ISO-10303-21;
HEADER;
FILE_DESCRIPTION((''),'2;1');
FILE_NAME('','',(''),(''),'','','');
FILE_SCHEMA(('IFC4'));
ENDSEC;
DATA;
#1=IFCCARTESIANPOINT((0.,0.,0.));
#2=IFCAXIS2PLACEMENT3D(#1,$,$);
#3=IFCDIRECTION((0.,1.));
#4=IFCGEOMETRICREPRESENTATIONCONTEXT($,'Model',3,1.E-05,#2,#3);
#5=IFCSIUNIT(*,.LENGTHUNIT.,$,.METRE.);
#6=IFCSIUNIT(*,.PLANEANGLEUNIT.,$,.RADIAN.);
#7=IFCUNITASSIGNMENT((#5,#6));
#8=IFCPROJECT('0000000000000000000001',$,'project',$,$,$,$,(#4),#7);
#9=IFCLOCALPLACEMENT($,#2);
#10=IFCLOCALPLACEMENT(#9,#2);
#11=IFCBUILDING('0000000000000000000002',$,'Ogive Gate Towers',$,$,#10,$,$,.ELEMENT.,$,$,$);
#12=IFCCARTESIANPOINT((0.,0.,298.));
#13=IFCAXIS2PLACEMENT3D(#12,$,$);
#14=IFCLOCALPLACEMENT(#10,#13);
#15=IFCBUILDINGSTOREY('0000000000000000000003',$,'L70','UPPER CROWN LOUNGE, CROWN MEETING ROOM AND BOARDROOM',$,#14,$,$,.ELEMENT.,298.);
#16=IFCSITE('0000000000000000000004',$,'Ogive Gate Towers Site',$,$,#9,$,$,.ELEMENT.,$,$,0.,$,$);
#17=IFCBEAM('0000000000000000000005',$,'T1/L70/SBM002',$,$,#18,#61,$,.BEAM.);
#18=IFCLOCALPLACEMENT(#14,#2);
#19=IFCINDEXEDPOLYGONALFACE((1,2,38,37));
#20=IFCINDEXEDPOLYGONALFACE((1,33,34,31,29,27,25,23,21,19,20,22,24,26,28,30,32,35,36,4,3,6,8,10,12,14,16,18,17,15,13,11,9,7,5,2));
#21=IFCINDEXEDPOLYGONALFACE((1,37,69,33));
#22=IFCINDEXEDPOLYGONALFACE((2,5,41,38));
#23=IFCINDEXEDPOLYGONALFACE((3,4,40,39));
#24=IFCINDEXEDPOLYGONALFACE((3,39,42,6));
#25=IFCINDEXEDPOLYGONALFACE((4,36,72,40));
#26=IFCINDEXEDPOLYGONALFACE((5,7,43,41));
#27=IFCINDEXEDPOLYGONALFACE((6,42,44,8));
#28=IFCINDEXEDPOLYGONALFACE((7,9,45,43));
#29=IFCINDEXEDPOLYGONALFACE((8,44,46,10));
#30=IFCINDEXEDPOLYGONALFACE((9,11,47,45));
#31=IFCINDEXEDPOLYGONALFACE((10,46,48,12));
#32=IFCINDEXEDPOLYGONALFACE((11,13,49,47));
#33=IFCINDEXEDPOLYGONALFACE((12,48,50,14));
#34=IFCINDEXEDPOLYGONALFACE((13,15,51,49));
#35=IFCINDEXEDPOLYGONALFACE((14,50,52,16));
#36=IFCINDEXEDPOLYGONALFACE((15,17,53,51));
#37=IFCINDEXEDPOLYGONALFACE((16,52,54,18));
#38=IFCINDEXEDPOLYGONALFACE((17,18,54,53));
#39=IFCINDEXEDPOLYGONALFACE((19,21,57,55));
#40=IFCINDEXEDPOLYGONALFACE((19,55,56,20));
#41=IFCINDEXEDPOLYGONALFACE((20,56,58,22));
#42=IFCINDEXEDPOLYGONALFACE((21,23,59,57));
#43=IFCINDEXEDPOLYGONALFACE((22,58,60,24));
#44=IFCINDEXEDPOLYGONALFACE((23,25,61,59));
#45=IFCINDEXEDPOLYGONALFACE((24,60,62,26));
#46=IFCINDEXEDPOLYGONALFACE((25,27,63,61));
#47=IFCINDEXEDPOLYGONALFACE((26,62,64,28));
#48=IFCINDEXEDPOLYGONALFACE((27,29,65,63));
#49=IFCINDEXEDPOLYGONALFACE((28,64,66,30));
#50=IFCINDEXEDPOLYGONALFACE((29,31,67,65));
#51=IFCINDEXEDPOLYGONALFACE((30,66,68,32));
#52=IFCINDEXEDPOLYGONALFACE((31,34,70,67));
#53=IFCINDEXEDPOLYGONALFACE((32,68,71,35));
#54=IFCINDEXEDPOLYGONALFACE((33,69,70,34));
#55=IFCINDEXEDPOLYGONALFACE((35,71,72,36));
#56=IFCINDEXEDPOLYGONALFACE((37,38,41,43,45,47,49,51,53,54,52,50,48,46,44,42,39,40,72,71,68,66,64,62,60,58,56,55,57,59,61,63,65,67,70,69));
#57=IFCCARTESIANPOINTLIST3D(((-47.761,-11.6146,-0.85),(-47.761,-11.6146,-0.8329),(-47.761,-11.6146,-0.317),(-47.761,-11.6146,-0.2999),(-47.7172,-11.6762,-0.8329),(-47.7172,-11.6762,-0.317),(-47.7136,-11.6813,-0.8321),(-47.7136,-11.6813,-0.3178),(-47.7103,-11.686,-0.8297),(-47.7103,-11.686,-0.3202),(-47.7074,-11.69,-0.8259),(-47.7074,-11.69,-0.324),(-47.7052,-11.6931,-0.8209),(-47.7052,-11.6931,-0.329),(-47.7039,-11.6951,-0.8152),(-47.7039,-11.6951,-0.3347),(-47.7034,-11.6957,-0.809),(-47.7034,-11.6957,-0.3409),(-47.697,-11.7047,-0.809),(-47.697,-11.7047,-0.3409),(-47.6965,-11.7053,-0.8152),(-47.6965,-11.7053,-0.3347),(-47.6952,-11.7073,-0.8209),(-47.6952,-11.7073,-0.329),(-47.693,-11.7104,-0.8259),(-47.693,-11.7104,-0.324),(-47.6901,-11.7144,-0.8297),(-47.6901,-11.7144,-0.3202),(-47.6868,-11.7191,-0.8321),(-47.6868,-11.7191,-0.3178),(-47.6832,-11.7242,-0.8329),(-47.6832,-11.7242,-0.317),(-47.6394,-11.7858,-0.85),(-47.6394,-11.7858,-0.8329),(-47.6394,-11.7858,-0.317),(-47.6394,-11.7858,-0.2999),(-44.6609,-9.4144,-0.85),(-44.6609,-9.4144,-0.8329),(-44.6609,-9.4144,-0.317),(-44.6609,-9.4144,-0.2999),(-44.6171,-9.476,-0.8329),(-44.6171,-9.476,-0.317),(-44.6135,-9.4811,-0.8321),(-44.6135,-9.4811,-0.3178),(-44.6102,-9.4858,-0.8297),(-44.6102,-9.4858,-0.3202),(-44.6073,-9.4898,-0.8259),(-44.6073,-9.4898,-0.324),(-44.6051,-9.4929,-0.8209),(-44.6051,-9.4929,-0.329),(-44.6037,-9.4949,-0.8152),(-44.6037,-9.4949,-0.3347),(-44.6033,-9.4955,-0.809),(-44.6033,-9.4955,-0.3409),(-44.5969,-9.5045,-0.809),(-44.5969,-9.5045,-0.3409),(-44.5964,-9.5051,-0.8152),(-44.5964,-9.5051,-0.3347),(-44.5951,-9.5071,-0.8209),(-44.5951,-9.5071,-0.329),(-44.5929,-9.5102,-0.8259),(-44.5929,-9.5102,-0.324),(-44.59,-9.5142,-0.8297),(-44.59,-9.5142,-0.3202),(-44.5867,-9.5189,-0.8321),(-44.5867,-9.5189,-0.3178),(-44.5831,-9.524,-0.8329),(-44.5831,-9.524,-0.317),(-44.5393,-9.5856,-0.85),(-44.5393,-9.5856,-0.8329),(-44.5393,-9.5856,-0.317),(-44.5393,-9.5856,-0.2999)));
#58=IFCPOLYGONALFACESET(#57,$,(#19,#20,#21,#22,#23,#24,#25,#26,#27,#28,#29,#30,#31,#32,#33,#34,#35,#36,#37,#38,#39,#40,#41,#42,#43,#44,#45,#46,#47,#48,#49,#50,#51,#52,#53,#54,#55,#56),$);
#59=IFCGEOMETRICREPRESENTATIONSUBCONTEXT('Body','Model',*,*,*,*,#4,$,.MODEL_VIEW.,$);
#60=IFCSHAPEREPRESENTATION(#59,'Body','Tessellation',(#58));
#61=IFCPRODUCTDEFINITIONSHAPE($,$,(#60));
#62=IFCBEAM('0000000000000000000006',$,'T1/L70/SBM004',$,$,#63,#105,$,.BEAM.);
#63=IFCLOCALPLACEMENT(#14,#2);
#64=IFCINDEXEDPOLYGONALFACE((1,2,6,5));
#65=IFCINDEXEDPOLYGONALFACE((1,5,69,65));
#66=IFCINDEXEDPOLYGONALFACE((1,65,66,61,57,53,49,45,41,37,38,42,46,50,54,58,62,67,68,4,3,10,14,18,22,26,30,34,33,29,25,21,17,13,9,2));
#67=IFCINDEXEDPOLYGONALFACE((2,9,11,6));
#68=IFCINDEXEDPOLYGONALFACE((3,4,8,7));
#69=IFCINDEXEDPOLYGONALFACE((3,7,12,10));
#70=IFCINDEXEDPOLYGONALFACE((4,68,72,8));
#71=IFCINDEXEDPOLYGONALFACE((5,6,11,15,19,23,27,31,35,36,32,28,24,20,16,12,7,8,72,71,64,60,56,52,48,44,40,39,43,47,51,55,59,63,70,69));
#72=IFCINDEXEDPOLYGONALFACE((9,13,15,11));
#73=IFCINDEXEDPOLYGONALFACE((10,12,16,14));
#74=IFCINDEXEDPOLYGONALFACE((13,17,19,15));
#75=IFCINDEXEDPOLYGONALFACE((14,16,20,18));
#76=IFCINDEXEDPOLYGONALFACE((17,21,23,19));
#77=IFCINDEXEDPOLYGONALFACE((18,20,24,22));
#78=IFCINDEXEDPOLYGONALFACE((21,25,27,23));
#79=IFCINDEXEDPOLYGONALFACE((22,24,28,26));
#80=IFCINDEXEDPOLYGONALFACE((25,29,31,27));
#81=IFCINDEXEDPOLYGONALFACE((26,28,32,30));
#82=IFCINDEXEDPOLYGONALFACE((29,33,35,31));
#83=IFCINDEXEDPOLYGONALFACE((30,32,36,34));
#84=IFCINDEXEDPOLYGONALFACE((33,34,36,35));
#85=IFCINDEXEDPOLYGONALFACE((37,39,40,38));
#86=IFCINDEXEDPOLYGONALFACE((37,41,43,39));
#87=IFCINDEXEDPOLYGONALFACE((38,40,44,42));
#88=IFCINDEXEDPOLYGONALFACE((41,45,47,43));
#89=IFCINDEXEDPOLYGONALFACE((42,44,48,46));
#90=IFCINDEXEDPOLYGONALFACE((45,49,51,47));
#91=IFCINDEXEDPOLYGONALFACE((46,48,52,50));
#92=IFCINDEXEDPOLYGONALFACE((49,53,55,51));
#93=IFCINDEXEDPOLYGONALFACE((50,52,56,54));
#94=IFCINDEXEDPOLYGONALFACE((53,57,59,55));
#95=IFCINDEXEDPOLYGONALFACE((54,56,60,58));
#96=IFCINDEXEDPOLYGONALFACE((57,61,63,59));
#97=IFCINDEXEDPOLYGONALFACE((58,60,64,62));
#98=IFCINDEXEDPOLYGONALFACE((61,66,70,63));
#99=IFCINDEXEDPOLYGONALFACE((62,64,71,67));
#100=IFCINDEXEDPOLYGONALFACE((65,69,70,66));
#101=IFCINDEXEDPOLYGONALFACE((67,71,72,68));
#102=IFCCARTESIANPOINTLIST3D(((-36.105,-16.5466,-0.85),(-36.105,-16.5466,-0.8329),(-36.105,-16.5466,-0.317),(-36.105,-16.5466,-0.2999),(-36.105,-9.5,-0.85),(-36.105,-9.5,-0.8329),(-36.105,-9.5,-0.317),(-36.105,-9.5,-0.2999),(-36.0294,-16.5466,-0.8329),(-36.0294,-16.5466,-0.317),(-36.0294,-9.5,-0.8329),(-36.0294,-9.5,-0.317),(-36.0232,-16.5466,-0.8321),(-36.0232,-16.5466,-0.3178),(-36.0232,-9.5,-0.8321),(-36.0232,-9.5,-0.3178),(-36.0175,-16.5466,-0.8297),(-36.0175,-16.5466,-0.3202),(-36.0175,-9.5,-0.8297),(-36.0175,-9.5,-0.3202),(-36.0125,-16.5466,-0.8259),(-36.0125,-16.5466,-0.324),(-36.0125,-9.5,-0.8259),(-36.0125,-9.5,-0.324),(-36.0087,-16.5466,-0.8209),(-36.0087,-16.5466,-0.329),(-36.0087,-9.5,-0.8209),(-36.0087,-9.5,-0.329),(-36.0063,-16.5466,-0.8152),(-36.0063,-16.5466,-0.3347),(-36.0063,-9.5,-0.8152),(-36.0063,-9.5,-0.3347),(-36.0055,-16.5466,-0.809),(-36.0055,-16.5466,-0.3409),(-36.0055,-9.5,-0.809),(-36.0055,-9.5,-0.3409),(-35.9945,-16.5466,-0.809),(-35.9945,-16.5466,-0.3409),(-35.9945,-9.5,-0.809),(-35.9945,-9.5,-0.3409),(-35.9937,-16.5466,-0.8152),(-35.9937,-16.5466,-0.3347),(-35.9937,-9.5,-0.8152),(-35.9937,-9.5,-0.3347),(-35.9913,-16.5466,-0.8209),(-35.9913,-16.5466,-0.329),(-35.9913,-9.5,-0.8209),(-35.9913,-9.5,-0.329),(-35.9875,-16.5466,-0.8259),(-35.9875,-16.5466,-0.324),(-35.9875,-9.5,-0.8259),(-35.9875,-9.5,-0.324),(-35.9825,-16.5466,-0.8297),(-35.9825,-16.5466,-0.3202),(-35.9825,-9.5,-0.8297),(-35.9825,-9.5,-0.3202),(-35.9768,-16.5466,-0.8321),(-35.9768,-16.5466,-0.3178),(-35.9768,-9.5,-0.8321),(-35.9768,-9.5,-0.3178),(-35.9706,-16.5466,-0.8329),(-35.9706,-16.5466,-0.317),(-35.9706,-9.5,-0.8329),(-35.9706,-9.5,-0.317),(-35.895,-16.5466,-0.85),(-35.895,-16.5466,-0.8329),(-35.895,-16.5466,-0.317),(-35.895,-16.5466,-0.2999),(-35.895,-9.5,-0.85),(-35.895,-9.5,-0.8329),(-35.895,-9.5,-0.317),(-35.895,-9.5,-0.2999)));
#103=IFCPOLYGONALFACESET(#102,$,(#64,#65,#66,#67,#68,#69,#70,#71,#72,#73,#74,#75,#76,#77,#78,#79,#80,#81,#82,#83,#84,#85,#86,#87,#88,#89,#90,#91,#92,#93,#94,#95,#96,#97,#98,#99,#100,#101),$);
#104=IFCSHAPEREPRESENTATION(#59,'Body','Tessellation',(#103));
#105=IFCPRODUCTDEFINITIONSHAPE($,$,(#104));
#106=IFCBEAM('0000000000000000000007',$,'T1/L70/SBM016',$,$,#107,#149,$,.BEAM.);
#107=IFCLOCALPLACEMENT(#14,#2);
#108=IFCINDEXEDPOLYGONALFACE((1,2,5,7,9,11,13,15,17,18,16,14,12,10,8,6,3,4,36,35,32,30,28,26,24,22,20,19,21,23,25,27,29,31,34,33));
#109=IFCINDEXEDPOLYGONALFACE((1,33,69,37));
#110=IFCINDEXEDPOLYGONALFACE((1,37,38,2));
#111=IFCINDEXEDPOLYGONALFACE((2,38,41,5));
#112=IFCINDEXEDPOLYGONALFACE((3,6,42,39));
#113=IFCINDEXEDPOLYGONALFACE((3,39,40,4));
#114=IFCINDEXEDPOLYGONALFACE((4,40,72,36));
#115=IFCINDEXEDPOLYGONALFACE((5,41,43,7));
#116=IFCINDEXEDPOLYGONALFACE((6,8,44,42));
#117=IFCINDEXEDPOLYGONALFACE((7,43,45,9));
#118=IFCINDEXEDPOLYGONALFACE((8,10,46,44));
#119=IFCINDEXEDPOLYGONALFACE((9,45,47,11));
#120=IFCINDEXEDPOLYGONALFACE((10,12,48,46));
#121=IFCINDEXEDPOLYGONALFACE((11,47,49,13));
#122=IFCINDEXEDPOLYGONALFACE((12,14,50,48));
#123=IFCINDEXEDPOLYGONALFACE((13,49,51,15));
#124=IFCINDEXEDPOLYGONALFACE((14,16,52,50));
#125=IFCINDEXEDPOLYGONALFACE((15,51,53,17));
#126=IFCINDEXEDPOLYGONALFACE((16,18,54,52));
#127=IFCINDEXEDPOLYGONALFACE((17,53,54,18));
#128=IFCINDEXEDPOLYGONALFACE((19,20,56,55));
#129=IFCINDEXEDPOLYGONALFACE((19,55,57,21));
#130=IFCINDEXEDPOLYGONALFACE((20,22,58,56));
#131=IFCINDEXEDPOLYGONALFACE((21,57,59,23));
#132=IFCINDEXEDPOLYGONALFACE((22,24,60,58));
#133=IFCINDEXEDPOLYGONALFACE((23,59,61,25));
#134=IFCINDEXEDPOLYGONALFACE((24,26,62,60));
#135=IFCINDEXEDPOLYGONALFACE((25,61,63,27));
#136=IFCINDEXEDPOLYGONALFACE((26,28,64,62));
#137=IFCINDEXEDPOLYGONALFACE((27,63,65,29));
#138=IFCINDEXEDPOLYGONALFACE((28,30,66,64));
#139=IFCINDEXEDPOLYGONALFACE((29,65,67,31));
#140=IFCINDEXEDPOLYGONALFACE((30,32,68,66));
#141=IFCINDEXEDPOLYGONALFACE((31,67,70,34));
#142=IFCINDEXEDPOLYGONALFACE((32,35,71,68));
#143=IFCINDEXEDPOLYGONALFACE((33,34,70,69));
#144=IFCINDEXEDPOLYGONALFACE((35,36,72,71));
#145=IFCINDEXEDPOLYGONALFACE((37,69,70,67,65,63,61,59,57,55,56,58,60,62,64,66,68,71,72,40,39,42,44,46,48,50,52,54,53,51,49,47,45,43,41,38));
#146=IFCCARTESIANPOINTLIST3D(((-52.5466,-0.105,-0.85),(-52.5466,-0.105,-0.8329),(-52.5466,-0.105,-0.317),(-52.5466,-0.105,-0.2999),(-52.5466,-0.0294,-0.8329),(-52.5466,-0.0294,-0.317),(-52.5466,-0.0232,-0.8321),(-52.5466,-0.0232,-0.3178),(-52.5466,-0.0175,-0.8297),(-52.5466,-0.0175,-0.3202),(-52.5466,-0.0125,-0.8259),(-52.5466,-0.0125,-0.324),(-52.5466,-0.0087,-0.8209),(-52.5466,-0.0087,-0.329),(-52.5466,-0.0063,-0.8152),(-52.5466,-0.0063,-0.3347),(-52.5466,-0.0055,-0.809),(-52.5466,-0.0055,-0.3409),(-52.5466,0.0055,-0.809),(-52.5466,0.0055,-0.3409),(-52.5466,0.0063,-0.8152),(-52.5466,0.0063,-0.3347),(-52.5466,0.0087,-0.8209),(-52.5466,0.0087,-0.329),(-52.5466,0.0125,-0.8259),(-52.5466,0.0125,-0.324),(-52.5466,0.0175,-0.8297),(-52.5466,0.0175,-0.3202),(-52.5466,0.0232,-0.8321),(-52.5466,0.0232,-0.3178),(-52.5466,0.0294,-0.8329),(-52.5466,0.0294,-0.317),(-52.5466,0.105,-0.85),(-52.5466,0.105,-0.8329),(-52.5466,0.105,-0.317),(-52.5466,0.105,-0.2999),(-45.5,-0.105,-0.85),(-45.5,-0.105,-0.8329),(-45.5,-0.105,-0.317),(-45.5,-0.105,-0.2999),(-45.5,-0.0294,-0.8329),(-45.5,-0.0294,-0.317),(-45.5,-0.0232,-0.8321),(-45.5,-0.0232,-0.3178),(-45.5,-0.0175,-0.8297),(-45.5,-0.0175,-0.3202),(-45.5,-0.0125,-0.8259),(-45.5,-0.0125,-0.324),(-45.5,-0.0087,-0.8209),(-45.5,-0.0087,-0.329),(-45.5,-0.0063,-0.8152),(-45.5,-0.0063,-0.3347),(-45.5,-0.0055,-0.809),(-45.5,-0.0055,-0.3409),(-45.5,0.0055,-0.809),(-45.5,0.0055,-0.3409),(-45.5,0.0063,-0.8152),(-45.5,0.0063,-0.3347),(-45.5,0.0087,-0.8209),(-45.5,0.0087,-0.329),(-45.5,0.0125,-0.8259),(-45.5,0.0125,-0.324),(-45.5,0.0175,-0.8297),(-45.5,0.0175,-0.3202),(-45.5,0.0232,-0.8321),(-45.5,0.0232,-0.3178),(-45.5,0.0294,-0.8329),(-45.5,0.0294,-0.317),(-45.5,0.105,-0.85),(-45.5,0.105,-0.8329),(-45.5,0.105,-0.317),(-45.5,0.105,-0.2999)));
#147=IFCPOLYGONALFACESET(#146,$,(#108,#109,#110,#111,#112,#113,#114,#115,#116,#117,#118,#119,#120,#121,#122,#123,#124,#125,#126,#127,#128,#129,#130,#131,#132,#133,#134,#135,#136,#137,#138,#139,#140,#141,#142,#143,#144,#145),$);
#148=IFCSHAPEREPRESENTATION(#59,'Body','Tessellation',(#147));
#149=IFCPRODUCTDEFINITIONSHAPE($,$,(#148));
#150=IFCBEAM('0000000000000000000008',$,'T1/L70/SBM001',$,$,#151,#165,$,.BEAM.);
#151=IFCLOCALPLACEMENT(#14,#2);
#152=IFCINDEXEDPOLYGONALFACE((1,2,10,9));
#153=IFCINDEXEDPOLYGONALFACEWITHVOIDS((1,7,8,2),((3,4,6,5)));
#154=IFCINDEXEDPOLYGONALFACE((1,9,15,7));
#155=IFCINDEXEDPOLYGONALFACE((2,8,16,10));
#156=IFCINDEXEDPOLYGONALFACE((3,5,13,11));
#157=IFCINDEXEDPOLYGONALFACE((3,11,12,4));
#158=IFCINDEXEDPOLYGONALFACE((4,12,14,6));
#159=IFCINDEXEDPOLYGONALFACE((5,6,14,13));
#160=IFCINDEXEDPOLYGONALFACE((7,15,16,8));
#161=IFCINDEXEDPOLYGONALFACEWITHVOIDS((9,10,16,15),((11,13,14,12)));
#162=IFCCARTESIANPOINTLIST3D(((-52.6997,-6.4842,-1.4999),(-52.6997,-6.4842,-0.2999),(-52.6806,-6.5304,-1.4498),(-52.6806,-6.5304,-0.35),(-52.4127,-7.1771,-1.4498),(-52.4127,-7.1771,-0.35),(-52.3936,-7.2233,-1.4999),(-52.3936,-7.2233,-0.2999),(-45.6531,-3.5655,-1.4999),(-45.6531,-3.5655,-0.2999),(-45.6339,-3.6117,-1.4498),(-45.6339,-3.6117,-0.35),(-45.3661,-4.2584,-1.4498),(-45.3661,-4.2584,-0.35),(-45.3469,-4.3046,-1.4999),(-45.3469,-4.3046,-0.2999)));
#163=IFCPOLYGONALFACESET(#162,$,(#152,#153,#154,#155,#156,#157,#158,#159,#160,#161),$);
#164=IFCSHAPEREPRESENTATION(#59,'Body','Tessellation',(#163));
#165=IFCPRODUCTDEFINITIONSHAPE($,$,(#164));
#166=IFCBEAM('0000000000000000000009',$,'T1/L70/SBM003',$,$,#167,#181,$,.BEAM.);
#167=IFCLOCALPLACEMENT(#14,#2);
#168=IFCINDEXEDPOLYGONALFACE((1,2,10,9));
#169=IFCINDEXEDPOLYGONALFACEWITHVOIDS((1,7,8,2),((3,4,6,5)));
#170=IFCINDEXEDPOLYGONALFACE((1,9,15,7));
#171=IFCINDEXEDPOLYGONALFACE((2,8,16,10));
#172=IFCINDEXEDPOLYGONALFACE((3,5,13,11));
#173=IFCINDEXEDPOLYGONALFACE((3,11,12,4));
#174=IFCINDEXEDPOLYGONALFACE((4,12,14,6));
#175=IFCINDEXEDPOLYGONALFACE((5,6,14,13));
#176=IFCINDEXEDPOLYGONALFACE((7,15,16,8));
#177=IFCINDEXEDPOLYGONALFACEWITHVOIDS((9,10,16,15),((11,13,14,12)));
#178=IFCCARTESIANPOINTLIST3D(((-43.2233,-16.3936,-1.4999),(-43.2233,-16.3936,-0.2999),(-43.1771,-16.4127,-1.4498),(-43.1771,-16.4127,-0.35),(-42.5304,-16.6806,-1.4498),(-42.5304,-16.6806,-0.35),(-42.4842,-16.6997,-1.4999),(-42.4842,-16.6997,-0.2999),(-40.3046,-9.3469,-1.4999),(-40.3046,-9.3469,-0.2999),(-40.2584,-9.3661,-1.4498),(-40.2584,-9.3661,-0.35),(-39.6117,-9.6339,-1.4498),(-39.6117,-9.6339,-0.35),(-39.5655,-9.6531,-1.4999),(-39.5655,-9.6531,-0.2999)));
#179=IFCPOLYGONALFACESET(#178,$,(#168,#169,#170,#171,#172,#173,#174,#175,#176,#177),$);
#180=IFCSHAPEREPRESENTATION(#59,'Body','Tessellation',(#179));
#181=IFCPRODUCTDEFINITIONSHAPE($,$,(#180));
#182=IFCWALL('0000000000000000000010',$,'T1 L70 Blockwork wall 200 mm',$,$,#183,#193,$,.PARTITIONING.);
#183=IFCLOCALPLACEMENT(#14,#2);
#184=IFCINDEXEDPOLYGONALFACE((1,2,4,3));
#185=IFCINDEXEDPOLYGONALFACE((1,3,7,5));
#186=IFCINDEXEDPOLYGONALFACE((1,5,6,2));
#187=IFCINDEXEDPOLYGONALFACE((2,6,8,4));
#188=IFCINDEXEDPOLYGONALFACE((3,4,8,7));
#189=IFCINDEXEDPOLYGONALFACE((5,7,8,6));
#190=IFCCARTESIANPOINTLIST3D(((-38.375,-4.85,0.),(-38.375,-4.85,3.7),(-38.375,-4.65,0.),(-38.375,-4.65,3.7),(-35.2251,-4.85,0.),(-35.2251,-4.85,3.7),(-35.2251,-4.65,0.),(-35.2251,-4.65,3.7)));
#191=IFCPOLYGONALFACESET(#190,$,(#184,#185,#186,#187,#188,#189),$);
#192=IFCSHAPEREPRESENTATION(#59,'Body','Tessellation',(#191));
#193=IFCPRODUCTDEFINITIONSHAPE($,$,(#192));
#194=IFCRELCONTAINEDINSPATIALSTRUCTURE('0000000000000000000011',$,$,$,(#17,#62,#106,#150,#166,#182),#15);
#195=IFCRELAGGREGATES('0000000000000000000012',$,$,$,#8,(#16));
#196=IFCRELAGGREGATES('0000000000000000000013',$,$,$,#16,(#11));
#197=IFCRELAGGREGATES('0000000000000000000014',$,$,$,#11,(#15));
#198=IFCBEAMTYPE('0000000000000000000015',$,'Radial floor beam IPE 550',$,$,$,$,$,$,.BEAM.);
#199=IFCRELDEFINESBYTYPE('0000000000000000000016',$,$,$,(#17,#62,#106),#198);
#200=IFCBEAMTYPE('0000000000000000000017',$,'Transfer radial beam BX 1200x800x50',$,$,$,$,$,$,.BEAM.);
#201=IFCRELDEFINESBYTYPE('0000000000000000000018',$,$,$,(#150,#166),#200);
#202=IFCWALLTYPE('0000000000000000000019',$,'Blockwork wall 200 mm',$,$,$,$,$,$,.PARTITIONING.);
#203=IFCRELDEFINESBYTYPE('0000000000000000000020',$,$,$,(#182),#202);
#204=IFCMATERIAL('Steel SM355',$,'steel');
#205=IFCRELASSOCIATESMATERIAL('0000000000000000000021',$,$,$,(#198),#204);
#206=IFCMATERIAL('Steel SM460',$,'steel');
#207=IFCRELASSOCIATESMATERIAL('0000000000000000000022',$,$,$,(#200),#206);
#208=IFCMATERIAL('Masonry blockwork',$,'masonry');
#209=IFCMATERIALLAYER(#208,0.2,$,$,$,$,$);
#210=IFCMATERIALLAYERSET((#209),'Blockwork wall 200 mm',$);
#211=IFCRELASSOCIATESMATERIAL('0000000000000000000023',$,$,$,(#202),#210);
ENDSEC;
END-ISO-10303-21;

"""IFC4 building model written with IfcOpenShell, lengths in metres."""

from ifc_helpers import new_model, si_unit, direction, frame, frame_2d, origin, origin_2d, place, context, subcontext, project, spatial, rectangle, hollow_rectangle, i_section, extrude, material, layer, layer_set, material_profile, profile_set, type_object, element, save


model = new_model("IFC4")

# Units and contexts
model_context = context("Model", 3, precision=1e-05, world=origin(), true_north=direction((0.0, 1.0)))
body_context = subcontext(model_context, "Body", "Model", "MODEL_VIEW")
ifc_project = project(units=[si_unit("LENGTHUNIT", "METRE"), si_unit("PLANEANGLEUNIT", "RADIAN")], contexts=[model_context])

# Site, building, storey
site_placement = place(None, origin())
site = spatial("IfcSite", under=ifc_project, at=site_placement, Name="Ogive Gate Towers Site", CompositionType="ELEMENT", RefElevation=0.0)
building_placement = place(site_placement, origin())
building = spatial("IfcBuilding", under=site, at=building_placement, Name="Ogive Gate Towers", CompositionType="ELEMENT")
storey_placement = place(building_placement, frame((0.0, 0.0, 298.0)))
storey = spatial("IfcBuildingStorey", under=building, at=storey_placement, Name="L70", Description="UPPER CROWN LOUNGE, CROWN MEETING ROOM AND BOARDROOM", CompositionType="ELEMENT", Elevation=298.0)

# Beams
ifc_material_1 = material(Name="Steel SM355", Category="steel")
ifc_material_profile_1 = material_profile(ifc_material_1, i_section(OverallWidth=0.21, OverallDepth=0.55, WebThickness=0.011, FlangeThickness=0.0171, FilletRadius=0.0239, at=origin_2d()), Name="IPE 550")
ifc_profile_set_1 = profile_set([ifc_material_profile_1], Name="Steel SM355")
beam_type_1 = type_object("IfcBeamType", Name="Radial floor beam IPE 550", PredefinedType="BEAM", material=ifc_profile_set_1)
beam_placement = place(storey_placement, frame((-44.6001, -9.5, -0.575), z_axis=(-0.815492, -0.578769, 0.0), x_axis=(0.578769, -0.815492, 0.0)))
element("IfcBeam", 1, at=beam_placement, inside=storey, type_object=beam_type_1, Name="T1/L70/SBM002", PredefinedType="BEAM", context=body_context, shape_type="SweptSolid", body=[
    extrude(i_section(OverallWidth=0.21, OverallDepth=0.55, WebThickness=0.011, FlangeThickness=0.0171, FilletRadius=0.0239, at=origin_2d()), origin(), (0.0, 0.0, 1.0), 3.8015),
])
for number, where, z_axis, x_axis, name in (
    (2, (-36.0, -9.5, -0.575), (0.0, -1.0, 0.0), (1.0, 0.0, 0.0), "T1/L70/SBM004"),
    (3, (-45.5, 0.0, -0.575), (-1.0, 0.0, 0.0), (0.0, -1.0, 0.0), "T1/L70/SBM016"),
):
    element("IfcBeam", number, at=place(storey_placement, frame(where, z_axis=z_axis, x_axis=x_axis)), inside=storey, type_object=beam_type_1, Name=name, PredefinedType="BEAM", context=body_context, shape_type="SweptSolid", body=[
        extrude(i_section(OverallWidth=0.21, OverallDepth=0.55, WebThickness=0.011, FlangeThickness=0.0171, FilletRadius=0.0239, at=origin_2d()), origin(), (0.0, 0.0, 1.0), 7.0466),
    ])
ifc_material_2 = material(Name="Steel SM460", Category="steel")
ifc_material_profile_2 = material_profile(ifc_material_2, hollow_rectangle(XDim=0.8, YDim=1.2, WallThickness=0.05, at=origin_2d()), Name="BX 1200x800x50")
ifc_profile_set_2 = profile_set([ifc_material_profile_2], Name="Steel SM460")
beam_type_2 = type_object("IfcBeamType", Name="Transfer radial beam BX 1200x800x50", PredefinedType="BEAM", material=ifc_profile_set_2)
for number, where, z_axis, x_axis, name in (
    (4, (-45.5, -3.9351, -0.8999), (-0.923885, -0.382671, 0.0), (0.382671, -0.923885, 0.0), "T1/L70/SBM001"),
    (5, (-39.9351, -9.5, -0.8999), (-0.382671, -0.923885, 0.0), (0.923885, -0.382671, 0.0), "T1/L70/SBM003"),
):
    element("IfcBeam", number, at=place(storey_placement, frame(where, z_axis=z_axis, x_axis=x_axis)), inside=storey, type_object=beam_type_2, Name=name, PredefinedType="BEAM", context=body_context, shape_type="SweptSolid", body=[
        extrude(hollow_rectangle(XDim=0.8, YDim=1.2, WallThickness=0.05, at=origin_2d()), origin(), (0.0, 0.0, 1.0), 7.6272),
    ])

# Wall
ifc_material_3 = material(Name="Masonry blockwork", Category="masonry")
ifc_layer_1 = layer(ifc_material_3, 0.2)
ifc_layer_set_1 = layer_set([ifc_layer_1], Name="Blockwork wall 200 mm")
wall_type_1 = type_object("IfcWallType", Name="Blockwork wall 200 mm", PredefinedType="PARTITIONING", material=ifc_layer_set_1)
wall_1_placement = place(storey_placement, frame((-38.375, -4.75, 0.0), z_axis=(0.0, 0.0, 1.0), x_axis=(1.0, 0.0, 0.0)))
element("IfcWall", 6, at=wall_1_placement, inside=storey, type_object=wall_type_1, Name="T1 L70 Blockwork wall 200 mm", PredefinedType="PARTITIONING", context=body_context, shape_type="SweptSolid", body=[
    extrude(rectangle(XDim=3.1499, YDim=0.2, at=frame_2d((1.575, 0.0))), origin(), (0.0, 0.0, 1.0), 3.7),
])

save(model, "model.ifc")
